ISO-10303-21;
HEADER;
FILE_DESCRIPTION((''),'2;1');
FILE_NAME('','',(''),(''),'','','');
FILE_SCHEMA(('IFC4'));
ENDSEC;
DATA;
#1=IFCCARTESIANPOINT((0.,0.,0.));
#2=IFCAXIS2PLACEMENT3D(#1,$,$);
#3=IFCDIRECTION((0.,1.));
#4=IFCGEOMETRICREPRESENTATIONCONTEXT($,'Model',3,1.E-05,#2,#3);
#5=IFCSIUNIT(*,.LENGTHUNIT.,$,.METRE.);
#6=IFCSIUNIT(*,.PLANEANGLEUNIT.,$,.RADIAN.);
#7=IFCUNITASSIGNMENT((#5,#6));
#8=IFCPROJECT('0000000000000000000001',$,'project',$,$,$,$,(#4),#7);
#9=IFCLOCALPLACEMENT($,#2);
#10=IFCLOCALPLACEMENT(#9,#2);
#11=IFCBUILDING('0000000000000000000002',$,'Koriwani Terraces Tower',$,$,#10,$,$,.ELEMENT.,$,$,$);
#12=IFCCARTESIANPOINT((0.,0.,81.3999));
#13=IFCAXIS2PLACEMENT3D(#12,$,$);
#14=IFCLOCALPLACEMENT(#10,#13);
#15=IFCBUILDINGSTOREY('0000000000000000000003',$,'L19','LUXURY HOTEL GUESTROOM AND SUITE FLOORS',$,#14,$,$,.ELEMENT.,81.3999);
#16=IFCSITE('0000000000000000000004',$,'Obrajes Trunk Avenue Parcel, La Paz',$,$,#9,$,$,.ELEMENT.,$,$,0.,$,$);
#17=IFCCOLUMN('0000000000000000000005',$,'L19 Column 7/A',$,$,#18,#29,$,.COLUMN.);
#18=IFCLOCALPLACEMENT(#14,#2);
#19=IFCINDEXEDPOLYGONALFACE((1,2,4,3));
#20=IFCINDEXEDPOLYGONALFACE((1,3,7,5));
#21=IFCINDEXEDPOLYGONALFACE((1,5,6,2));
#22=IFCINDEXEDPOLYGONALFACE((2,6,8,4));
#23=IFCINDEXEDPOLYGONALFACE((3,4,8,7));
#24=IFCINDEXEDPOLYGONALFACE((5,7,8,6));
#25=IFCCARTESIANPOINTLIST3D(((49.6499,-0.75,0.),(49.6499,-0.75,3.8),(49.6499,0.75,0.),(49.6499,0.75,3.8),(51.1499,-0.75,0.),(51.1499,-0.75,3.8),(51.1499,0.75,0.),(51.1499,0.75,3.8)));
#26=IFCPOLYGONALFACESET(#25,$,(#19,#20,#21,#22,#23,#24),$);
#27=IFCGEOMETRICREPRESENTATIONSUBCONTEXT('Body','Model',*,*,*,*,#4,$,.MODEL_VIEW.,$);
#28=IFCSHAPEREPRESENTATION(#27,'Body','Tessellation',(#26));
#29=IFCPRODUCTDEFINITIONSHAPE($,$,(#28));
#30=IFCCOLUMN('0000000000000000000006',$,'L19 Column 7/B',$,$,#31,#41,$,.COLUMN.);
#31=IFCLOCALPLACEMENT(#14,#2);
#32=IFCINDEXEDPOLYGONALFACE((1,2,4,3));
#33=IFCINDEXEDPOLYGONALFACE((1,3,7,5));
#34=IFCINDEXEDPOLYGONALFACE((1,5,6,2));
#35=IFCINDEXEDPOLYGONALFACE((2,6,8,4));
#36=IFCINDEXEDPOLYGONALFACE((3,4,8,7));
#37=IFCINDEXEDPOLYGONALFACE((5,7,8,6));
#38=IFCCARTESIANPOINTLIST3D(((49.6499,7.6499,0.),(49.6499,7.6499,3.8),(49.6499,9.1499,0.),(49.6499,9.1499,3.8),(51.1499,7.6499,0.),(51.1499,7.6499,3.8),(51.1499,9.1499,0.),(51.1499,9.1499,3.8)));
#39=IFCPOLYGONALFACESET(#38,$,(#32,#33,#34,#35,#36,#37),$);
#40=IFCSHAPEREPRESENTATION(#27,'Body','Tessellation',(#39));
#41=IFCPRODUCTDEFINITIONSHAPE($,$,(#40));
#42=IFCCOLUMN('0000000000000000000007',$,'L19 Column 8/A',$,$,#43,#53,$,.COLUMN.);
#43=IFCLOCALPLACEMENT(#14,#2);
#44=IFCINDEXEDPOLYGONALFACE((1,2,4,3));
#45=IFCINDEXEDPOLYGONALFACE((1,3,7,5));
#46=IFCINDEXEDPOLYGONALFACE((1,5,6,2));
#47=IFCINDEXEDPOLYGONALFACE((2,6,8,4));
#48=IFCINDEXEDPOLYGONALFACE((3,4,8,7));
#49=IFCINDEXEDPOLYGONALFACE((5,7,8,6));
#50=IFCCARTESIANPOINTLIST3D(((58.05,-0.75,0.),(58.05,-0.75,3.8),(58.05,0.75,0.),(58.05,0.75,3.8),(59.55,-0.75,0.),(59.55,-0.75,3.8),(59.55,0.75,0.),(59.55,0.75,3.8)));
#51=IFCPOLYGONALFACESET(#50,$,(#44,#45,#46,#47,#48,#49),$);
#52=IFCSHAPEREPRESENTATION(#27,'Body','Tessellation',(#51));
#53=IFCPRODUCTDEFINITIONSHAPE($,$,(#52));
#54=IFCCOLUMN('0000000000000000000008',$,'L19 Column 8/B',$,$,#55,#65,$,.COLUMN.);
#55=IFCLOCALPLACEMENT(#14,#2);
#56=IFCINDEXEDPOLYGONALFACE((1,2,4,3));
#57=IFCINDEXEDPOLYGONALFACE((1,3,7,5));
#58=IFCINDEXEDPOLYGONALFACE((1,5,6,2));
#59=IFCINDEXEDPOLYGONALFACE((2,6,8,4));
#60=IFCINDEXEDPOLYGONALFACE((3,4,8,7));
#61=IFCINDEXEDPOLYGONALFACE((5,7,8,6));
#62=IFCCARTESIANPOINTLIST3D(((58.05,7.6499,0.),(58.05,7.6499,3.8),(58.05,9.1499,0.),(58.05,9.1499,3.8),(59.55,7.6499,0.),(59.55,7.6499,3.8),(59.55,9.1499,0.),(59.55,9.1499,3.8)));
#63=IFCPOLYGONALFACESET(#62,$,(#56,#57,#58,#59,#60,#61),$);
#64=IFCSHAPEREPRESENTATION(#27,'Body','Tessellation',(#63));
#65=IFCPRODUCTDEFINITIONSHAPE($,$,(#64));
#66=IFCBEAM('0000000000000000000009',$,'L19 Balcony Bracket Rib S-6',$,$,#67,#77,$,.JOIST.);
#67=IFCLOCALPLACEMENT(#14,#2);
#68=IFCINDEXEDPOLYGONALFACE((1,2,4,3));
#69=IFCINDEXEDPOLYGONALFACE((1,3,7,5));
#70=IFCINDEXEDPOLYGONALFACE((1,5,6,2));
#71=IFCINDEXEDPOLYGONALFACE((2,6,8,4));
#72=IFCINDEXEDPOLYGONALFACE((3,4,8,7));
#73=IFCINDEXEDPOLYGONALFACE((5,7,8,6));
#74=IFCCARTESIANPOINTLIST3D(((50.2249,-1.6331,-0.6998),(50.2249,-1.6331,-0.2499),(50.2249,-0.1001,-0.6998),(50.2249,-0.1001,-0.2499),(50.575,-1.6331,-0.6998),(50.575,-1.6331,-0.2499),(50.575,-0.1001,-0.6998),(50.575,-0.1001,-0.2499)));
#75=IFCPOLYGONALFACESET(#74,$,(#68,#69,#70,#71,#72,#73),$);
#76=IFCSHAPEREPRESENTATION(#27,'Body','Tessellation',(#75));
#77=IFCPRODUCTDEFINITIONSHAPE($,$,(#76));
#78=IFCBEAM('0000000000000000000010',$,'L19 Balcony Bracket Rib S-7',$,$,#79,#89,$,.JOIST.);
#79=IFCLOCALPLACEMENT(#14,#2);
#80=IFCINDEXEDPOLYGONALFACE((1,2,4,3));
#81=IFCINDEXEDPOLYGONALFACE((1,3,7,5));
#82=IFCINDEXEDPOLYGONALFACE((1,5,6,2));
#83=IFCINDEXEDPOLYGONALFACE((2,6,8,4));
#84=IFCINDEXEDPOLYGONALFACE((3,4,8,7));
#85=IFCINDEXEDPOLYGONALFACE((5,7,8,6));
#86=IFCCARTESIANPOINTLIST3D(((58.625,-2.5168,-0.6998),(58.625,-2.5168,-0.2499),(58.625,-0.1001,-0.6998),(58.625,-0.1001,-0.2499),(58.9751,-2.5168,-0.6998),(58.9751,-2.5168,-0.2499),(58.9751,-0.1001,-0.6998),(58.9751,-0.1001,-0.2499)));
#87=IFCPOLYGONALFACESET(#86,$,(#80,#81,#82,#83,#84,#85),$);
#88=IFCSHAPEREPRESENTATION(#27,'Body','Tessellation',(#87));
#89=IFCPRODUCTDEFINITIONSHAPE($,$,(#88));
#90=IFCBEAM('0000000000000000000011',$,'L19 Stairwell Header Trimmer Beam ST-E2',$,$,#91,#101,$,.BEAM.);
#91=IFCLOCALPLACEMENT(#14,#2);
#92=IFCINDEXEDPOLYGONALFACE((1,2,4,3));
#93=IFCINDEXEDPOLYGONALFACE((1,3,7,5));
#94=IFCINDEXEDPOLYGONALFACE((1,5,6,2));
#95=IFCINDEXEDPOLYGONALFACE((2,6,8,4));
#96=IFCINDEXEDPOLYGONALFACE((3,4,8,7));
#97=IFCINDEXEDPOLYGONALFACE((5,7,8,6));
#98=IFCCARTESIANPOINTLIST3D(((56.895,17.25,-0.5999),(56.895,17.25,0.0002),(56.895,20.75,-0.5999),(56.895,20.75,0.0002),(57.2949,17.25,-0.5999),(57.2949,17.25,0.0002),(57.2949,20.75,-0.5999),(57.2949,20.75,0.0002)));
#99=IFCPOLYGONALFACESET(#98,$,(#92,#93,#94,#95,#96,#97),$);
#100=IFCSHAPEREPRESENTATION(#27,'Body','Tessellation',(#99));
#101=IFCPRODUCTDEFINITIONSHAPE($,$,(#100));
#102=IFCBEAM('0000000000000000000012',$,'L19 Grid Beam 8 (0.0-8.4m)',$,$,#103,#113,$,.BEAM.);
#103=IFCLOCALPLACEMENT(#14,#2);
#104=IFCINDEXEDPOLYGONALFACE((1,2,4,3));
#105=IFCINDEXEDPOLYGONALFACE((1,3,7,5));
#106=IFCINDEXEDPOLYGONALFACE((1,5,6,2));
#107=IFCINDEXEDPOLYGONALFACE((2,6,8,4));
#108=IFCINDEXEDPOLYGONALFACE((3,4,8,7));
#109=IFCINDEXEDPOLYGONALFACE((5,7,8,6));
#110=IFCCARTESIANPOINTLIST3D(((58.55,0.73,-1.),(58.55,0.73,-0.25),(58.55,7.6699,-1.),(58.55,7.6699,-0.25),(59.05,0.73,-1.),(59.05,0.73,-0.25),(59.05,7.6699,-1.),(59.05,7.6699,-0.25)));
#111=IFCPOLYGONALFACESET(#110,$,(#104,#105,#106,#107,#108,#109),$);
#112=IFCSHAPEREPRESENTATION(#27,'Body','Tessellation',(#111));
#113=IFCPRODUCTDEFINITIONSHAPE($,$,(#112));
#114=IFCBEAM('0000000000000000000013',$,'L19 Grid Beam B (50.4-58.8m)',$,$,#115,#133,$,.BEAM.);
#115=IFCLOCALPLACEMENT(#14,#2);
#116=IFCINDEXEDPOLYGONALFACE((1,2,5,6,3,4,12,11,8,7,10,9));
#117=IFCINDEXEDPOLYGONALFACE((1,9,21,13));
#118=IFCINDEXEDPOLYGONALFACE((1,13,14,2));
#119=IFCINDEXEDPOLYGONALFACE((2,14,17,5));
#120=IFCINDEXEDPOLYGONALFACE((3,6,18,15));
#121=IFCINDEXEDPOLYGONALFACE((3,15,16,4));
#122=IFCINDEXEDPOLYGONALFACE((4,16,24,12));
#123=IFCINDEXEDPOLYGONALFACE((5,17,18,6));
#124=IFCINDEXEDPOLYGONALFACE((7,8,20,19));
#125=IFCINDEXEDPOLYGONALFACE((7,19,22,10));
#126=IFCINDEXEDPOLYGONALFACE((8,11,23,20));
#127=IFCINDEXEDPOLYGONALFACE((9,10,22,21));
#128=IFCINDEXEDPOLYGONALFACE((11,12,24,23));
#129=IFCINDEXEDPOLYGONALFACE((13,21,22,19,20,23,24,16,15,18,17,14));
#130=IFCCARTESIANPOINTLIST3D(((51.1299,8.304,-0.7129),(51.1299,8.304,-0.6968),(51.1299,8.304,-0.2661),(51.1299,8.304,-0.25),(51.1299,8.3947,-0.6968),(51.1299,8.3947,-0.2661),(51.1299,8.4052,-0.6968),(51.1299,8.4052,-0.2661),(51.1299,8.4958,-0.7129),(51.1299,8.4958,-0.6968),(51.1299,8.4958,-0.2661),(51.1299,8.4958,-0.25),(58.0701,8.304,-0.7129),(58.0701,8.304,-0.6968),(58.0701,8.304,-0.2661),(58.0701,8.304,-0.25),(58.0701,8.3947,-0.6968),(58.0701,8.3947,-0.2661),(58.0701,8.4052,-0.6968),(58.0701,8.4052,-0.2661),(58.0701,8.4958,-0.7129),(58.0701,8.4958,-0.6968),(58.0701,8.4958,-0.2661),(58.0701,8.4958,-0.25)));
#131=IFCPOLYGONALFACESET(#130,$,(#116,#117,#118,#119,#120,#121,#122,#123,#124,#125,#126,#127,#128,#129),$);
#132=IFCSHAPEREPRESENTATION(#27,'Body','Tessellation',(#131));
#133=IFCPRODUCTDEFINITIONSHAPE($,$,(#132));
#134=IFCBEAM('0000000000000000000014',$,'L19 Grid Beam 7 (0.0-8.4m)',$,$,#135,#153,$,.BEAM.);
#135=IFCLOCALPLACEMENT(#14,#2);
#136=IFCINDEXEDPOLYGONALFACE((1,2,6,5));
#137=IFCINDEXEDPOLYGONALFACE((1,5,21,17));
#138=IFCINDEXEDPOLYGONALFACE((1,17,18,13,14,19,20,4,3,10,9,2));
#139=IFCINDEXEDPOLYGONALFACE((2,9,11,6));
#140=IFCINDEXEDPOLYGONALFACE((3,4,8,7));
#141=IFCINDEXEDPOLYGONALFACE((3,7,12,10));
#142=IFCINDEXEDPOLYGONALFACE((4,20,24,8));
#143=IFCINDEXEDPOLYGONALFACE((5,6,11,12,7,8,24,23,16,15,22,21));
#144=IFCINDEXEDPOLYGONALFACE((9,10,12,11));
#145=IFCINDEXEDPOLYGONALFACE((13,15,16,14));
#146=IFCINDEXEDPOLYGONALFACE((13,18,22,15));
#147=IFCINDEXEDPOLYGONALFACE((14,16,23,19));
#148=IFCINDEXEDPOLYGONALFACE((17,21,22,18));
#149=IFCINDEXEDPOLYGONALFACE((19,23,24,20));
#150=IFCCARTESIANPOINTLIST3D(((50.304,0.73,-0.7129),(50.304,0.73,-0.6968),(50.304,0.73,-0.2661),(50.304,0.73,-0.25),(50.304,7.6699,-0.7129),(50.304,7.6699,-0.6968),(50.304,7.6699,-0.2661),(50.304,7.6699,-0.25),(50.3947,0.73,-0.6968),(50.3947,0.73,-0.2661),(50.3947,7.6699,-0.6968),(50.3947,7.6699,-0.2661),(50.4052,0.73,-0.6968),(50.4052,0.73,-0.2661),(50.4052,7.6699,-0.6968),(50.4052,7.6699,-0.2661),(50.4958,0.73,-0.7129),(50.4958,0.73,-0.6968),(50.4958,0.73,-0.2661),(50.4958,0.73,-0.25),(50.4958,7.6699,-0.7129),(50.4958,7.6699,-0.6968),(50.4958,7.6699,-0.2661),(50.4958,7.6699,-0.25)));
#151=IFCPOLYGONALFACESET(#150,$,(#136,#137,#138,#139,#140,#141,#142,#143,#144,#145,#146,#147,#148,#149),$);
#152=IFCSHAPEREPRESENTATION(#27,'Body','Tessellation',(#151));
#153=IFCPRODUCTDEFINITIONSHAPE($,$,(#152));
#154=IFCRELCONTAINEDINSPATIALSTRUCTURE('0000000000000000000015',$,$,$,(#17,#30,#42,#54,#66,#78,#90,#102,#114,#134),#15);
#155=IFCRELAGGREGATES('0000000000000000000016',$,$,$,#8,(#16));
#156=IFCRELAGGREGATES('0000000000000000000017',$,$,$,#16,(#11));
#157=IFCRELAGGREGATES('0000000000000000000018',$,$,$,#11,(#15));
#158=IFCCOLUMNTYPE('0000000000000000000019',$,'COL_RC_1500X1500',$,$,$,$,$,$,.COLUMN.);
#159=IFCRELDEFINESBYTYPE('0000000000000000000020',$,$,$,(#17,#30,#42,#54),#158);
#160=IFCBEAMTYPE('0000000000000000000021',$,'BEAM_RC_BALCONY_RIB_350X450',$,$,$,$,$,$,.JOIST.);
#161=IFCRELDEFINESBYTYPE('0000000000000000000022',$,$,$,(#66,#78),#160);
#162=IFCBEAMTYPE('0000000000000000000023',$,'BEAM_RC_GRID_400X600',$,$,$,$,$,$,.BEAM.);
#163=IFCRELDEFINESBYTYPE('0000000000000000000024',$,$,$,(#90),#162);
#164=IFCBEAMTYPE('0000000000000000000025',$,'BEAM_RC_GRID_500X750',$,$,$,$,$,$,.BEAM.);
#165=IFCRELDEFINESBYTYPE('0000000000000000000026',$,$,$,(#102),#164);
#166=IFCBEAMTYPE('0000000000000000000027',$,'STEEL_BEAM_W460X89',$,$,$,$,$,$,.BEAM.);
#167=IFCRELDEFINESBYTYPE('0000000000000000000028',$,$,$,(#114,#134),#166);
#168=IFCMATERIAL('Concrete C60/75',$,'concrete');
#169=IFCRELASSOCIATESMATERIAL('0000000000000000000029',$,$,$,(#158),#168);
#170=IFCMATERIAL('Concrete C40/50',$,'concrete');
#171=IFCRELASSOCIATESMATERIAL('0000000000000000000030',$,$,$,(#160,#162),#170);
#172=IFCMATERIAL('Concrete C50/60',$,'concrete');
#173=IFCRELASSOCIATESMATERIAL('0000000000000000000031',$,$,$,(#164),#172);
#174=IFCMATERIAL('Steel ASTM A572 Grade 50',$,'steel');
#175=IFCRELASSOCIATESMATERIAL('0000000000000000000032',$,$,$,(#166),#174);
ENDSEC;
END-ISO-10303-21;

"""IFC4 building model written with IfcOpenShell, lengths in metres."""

from ifc_helpers import new_model, si_unit, direction, frame, origin, origin_2d, place, context, subcontext, project, spatial, rectangle, i_section, extrude, material, material_profile, profile_set, type_object, element, save


model = new_model("IFC4")

# Units and contexts
model_context = context("Model", 3, precision=1e-05, world=origin(), true_north=direction((0.0, 1.0)))
body_context = subcontext(model_context, "Body", "Model", "MODEL_VIEW")
ifc_project = project(units=[si_unit("LENGTHUNIT", "METRE"), si_unit("PLANEANGLEUNIT", "RADIAN")], contexts=[model_context])

# Site, building, storey
site_placement = place(None, origin())
site = spatial("IfcSite", under=ifc_project, at=site_placement, Name="Obrajes Trunk Avenue Parcel, La Paz", CompositionType="ELEMENT", RefElevation=0.0)
building_placement = place(site_placement, origin())
building = spatial("IfcBuilding", under=site, at=building_placement, Name="Koriwani Terraces Tower", CompositionType="ELEMENT")
storey_placement = place(building_placement, frame((0.0, 0.0, 81.3999)))
storey = spatial("IfcBuildingStorey", under=building, at=storey_placement, Name="L19", Description="LUXURY HOTEL GUESTROOM AND SUITE FLOORS", CompositionType="ELEMENT", Elevation=81.3999)

# Columns
ifc_material_1 = material(Name="Concrete C60/75", Category="concrete")
ifc_material_profile_1 = material_profile(ifc_material_1, rectangle(XDim=1.5, YDim=1.5, at=origin_2d()), Name="Concrete C60/75", Category="LoadBearing")
ifc_profile_set_1 = profile_set([ifc_material_profile_1], Name="Concrete C60/75")
column_type = type_object("IfcColumnType", Name="COL_RC_1500X1500", PredefinedType="COLUMN", material=ifc_profile_set_1)
for number, where, z_axis, x_axis, name in (
    (1, (50.3999, 0.0, 0.0), (0.0, 0.0, 1.0), (1.0, 0.0, 0.0), "L19 Column 7/A"),
    (2, (50.3999, 8.3999, 0.0), (0.0, 0.0, 1.0), (1.0, 0.0, 0.0), "L19 Column 7/B"),
    (3, (58.8, 0.0, 0.0), (0.0, 0.0, 1.0), (1.0, 0.0, 0.0), "L19 Column 8/A"),
    (4, (58.8, 8.3999, 0.0), (0.0, 0.0, 1.0), (1.0, 0.0, 0.0), "L19 Column 8/B"),
):
    element("IfcColumn", number, at=place(storey_placement, frame(where, z_axis=z_axis, x_axis=x_axis)), inside=storey, type_object=column_type, Name=name, PredefinedType="COLUMN", context=body_context, shape_type="SweptSolid", body=[
        extrude(rectangle(XDim=1.5, YDim=1.5, at=origin_2d()), origin(), (0.0, 0.0, 1.0), 3.8),
    ])

# Beams
ifc_material_2 = material(Name="Concrete C40/50", Category="concrete")
ifc_material_profile_2 = material_profile(ifc_material_2, rectangle(XDim=0.3501, YDim=0.45, at=origin_2d()), Name="Concrete C40/50", Category="LoadBearing")
ifc_profile_set_2 = profile_set([ifc_material_profile_2], Name="Concrete C40/50")
beam_type_1 = type_object("IfcBeamType", Name="BEAM_RC_BALCONY_RIB_350X450", PredefinedType="JOIST", material=ifc_profile_set_2)
beam_1_placement = place(storey_placement, frame((50.3999, -1.6331, -0.4749), z_axis=(0.0, 1.0, 0.0), x_axis=(-1.0, 0.0, 0.0)))
element("IfcBeam", 5, at=beam_1_placement, inside=storey, type_object=beam_type_1, Name="L19 Balcony Bracket Rib S-6", PredefinedType="JOIST", context=body_context, shape_type="SweptSolid", body=[
    extrude(rectangle(XDim=0.3501, YDim=0.45, at=origin_2d()), origin(), (0.0, 0.0, 1.0), 1.533),
])
beam_2_placement = place(storey_placement, frame((58.8, -2.5168, -0.4749), z_axis=(0.0, 1.0, 0.0), x_axis=(-1.0, 0.0, 0.0)))
element("IfcBeam", 6, at=beam_2_placement, inside=storey, type_object=beam_type_1, Name="L19 Balcony Bracket Rib S-7", PredefinedType="JOIST", context=body_context, shape_type="SweptSolid", body=[
    extrude(rectangle(XDim=0.3501, YDim=0.45, at=origin_2d()), origin(), (0.0, 0.0, 1.0), 2.4167),
])
ifc_material_profile_3 = material_profile(ifc_material_2, rectangle(XDim=0.3999, YDim=0.6001, at=origin_2d()), Name="Concrete C40/50", Category="LoadBearing")
ifc_profile_set_3 = profile_set([ifc_material_profile_3], Name="Concrete C40/50")
beam_type_2 = type_object("IfcBeamType", Name="BEAM_RC_GRID_400X600", PredefinedType="BEAM", material=ifc_profile_set_3)
beam_3_placement = place(storey_placement, frame((57.095, 17.25, -0.2998), z_axis=(0.0, 1.0, 0.0), x_axis=(-1.0, 0.0, 0.0)))
element("IfcBeam", 7, at=beam_3_placement, inside=storey, type_object=beam_type_2, Name="L19 Stairwell Header Trimmer Beam ST-E2", PredefinedType="BEAM", context=body_context, shape_type="SweptSolid", body=[
    extrude(rectangle(XDim=0.3999, YDim=0.6001, at=origin_2d()), origin(), (0.0, 0.0, 1.0), 3.5),
])
ifc_material_3 = material(Name="Concrete C50/60", Category="concrete")
ifc_material_profile_4 = material_profile(ifc_material_3, rectangle(XDim=0.5, YDim=0.75, at=origin_2d()), Name="Concrete C50/60", Category="LoadBearing")
ifc_profile_set_4 = profile_set([ifc_material_profile_4], Name="Concrete C50/60")
beam_type_3 = type_object("IfcBeamType", Name="BEAM_RC_GRID_500X750", PredefinedType="BEAM", material=ifc_profile_set_4)
beam_4_placement = place(storey_placement, frame((58.8, 0.73, -0.625), z_axis=(0.0, 1.0, 0.0), x_axis=(-1.0, 0.0, 0.0)))
element("IfcBeam", 8, at=beam_4_placement, inside=storey, type_object=beam_type_3, Name="L19 Grid Beam 8 (0.0-8.4m)", PredefinedType="BEAM", context=body_context, shape_type="SweptSolid", body=[
    extrude(rectangle(XDim=0.5, YDim=0.75, at=origin_2d()), origin(), (0.0, 0.0, 1.0), 6.9399),
])
ifc_material_4 = material(Name="Steel ASTM A572 Grade 50", Category="steel")
ifc_material_profile_5 = material_profile(ifc_material_4, i_section(OverallWidth=0.1919, OverallDepth=0.4629, WebThickness=0.0105, FlangeThickness=0.0161, at=origin_2d()), Name="Steel ASTM A572 Grade 50", Category="LoadBearing")
ifc_profile_set_5 = profile_set([ifc_material_profile_5], Name="Steel ASTM A572 Grade 50")
beam_type_4 = type_object("IfcBeamType", Name="STEEL_BEAM_W460X89", PredefinedType="BEAM", material=ifc_profile_set_5)
beam_5_placement = place(storey_placement, frame((51.1299, 8.3999, -0.4814), z_axis=(1.0, 0.0, 0.0), x_axis=(0.0, 1.0, 0.0)))
element("IfcBeam", 9, at=beam_5_placement, inside=storey, type_object=beam_type_4, Name="L19 Grid Beam B (50.4-58.8m)", PredefinedType="BEAM", context=body_context, shape_type="SweptSolid", body=[
    extrude(i_section(OverallWidth=0.1919, OverallDepth=0.4629, WebThickness=0.0105, FlangeThickness=0.0161, at=origin_2d()), origin(), (0.0, 0.0, 1.0), 6.9402),
])
beam_6_placement = place(storey_placement, frame((50.3999, 0.73, -0.4814), z_axis=(0.0, 1.0, 0.0), x_axis=(-1.0, 0.0, 0.0)))
element("IfcBeam", 10, at=beam_6_placement, inside=storey, type_object=beam_type_4, Name="L19 Grid Beam 7 (0.0-8.4m)", PredefinedType="BEAM", context=body_context, shape_type="SweptSolid", body=[
    extrude(i_section(OverallWidth=0.1919, OverallDepth=0.4629, WebThickness=0.0105, FlangeThickness=0.0161, at=origin_2d()), origin(), (0.0, 0.0, 1.0), 6.9399),
])

save(model, "model.ifc")
